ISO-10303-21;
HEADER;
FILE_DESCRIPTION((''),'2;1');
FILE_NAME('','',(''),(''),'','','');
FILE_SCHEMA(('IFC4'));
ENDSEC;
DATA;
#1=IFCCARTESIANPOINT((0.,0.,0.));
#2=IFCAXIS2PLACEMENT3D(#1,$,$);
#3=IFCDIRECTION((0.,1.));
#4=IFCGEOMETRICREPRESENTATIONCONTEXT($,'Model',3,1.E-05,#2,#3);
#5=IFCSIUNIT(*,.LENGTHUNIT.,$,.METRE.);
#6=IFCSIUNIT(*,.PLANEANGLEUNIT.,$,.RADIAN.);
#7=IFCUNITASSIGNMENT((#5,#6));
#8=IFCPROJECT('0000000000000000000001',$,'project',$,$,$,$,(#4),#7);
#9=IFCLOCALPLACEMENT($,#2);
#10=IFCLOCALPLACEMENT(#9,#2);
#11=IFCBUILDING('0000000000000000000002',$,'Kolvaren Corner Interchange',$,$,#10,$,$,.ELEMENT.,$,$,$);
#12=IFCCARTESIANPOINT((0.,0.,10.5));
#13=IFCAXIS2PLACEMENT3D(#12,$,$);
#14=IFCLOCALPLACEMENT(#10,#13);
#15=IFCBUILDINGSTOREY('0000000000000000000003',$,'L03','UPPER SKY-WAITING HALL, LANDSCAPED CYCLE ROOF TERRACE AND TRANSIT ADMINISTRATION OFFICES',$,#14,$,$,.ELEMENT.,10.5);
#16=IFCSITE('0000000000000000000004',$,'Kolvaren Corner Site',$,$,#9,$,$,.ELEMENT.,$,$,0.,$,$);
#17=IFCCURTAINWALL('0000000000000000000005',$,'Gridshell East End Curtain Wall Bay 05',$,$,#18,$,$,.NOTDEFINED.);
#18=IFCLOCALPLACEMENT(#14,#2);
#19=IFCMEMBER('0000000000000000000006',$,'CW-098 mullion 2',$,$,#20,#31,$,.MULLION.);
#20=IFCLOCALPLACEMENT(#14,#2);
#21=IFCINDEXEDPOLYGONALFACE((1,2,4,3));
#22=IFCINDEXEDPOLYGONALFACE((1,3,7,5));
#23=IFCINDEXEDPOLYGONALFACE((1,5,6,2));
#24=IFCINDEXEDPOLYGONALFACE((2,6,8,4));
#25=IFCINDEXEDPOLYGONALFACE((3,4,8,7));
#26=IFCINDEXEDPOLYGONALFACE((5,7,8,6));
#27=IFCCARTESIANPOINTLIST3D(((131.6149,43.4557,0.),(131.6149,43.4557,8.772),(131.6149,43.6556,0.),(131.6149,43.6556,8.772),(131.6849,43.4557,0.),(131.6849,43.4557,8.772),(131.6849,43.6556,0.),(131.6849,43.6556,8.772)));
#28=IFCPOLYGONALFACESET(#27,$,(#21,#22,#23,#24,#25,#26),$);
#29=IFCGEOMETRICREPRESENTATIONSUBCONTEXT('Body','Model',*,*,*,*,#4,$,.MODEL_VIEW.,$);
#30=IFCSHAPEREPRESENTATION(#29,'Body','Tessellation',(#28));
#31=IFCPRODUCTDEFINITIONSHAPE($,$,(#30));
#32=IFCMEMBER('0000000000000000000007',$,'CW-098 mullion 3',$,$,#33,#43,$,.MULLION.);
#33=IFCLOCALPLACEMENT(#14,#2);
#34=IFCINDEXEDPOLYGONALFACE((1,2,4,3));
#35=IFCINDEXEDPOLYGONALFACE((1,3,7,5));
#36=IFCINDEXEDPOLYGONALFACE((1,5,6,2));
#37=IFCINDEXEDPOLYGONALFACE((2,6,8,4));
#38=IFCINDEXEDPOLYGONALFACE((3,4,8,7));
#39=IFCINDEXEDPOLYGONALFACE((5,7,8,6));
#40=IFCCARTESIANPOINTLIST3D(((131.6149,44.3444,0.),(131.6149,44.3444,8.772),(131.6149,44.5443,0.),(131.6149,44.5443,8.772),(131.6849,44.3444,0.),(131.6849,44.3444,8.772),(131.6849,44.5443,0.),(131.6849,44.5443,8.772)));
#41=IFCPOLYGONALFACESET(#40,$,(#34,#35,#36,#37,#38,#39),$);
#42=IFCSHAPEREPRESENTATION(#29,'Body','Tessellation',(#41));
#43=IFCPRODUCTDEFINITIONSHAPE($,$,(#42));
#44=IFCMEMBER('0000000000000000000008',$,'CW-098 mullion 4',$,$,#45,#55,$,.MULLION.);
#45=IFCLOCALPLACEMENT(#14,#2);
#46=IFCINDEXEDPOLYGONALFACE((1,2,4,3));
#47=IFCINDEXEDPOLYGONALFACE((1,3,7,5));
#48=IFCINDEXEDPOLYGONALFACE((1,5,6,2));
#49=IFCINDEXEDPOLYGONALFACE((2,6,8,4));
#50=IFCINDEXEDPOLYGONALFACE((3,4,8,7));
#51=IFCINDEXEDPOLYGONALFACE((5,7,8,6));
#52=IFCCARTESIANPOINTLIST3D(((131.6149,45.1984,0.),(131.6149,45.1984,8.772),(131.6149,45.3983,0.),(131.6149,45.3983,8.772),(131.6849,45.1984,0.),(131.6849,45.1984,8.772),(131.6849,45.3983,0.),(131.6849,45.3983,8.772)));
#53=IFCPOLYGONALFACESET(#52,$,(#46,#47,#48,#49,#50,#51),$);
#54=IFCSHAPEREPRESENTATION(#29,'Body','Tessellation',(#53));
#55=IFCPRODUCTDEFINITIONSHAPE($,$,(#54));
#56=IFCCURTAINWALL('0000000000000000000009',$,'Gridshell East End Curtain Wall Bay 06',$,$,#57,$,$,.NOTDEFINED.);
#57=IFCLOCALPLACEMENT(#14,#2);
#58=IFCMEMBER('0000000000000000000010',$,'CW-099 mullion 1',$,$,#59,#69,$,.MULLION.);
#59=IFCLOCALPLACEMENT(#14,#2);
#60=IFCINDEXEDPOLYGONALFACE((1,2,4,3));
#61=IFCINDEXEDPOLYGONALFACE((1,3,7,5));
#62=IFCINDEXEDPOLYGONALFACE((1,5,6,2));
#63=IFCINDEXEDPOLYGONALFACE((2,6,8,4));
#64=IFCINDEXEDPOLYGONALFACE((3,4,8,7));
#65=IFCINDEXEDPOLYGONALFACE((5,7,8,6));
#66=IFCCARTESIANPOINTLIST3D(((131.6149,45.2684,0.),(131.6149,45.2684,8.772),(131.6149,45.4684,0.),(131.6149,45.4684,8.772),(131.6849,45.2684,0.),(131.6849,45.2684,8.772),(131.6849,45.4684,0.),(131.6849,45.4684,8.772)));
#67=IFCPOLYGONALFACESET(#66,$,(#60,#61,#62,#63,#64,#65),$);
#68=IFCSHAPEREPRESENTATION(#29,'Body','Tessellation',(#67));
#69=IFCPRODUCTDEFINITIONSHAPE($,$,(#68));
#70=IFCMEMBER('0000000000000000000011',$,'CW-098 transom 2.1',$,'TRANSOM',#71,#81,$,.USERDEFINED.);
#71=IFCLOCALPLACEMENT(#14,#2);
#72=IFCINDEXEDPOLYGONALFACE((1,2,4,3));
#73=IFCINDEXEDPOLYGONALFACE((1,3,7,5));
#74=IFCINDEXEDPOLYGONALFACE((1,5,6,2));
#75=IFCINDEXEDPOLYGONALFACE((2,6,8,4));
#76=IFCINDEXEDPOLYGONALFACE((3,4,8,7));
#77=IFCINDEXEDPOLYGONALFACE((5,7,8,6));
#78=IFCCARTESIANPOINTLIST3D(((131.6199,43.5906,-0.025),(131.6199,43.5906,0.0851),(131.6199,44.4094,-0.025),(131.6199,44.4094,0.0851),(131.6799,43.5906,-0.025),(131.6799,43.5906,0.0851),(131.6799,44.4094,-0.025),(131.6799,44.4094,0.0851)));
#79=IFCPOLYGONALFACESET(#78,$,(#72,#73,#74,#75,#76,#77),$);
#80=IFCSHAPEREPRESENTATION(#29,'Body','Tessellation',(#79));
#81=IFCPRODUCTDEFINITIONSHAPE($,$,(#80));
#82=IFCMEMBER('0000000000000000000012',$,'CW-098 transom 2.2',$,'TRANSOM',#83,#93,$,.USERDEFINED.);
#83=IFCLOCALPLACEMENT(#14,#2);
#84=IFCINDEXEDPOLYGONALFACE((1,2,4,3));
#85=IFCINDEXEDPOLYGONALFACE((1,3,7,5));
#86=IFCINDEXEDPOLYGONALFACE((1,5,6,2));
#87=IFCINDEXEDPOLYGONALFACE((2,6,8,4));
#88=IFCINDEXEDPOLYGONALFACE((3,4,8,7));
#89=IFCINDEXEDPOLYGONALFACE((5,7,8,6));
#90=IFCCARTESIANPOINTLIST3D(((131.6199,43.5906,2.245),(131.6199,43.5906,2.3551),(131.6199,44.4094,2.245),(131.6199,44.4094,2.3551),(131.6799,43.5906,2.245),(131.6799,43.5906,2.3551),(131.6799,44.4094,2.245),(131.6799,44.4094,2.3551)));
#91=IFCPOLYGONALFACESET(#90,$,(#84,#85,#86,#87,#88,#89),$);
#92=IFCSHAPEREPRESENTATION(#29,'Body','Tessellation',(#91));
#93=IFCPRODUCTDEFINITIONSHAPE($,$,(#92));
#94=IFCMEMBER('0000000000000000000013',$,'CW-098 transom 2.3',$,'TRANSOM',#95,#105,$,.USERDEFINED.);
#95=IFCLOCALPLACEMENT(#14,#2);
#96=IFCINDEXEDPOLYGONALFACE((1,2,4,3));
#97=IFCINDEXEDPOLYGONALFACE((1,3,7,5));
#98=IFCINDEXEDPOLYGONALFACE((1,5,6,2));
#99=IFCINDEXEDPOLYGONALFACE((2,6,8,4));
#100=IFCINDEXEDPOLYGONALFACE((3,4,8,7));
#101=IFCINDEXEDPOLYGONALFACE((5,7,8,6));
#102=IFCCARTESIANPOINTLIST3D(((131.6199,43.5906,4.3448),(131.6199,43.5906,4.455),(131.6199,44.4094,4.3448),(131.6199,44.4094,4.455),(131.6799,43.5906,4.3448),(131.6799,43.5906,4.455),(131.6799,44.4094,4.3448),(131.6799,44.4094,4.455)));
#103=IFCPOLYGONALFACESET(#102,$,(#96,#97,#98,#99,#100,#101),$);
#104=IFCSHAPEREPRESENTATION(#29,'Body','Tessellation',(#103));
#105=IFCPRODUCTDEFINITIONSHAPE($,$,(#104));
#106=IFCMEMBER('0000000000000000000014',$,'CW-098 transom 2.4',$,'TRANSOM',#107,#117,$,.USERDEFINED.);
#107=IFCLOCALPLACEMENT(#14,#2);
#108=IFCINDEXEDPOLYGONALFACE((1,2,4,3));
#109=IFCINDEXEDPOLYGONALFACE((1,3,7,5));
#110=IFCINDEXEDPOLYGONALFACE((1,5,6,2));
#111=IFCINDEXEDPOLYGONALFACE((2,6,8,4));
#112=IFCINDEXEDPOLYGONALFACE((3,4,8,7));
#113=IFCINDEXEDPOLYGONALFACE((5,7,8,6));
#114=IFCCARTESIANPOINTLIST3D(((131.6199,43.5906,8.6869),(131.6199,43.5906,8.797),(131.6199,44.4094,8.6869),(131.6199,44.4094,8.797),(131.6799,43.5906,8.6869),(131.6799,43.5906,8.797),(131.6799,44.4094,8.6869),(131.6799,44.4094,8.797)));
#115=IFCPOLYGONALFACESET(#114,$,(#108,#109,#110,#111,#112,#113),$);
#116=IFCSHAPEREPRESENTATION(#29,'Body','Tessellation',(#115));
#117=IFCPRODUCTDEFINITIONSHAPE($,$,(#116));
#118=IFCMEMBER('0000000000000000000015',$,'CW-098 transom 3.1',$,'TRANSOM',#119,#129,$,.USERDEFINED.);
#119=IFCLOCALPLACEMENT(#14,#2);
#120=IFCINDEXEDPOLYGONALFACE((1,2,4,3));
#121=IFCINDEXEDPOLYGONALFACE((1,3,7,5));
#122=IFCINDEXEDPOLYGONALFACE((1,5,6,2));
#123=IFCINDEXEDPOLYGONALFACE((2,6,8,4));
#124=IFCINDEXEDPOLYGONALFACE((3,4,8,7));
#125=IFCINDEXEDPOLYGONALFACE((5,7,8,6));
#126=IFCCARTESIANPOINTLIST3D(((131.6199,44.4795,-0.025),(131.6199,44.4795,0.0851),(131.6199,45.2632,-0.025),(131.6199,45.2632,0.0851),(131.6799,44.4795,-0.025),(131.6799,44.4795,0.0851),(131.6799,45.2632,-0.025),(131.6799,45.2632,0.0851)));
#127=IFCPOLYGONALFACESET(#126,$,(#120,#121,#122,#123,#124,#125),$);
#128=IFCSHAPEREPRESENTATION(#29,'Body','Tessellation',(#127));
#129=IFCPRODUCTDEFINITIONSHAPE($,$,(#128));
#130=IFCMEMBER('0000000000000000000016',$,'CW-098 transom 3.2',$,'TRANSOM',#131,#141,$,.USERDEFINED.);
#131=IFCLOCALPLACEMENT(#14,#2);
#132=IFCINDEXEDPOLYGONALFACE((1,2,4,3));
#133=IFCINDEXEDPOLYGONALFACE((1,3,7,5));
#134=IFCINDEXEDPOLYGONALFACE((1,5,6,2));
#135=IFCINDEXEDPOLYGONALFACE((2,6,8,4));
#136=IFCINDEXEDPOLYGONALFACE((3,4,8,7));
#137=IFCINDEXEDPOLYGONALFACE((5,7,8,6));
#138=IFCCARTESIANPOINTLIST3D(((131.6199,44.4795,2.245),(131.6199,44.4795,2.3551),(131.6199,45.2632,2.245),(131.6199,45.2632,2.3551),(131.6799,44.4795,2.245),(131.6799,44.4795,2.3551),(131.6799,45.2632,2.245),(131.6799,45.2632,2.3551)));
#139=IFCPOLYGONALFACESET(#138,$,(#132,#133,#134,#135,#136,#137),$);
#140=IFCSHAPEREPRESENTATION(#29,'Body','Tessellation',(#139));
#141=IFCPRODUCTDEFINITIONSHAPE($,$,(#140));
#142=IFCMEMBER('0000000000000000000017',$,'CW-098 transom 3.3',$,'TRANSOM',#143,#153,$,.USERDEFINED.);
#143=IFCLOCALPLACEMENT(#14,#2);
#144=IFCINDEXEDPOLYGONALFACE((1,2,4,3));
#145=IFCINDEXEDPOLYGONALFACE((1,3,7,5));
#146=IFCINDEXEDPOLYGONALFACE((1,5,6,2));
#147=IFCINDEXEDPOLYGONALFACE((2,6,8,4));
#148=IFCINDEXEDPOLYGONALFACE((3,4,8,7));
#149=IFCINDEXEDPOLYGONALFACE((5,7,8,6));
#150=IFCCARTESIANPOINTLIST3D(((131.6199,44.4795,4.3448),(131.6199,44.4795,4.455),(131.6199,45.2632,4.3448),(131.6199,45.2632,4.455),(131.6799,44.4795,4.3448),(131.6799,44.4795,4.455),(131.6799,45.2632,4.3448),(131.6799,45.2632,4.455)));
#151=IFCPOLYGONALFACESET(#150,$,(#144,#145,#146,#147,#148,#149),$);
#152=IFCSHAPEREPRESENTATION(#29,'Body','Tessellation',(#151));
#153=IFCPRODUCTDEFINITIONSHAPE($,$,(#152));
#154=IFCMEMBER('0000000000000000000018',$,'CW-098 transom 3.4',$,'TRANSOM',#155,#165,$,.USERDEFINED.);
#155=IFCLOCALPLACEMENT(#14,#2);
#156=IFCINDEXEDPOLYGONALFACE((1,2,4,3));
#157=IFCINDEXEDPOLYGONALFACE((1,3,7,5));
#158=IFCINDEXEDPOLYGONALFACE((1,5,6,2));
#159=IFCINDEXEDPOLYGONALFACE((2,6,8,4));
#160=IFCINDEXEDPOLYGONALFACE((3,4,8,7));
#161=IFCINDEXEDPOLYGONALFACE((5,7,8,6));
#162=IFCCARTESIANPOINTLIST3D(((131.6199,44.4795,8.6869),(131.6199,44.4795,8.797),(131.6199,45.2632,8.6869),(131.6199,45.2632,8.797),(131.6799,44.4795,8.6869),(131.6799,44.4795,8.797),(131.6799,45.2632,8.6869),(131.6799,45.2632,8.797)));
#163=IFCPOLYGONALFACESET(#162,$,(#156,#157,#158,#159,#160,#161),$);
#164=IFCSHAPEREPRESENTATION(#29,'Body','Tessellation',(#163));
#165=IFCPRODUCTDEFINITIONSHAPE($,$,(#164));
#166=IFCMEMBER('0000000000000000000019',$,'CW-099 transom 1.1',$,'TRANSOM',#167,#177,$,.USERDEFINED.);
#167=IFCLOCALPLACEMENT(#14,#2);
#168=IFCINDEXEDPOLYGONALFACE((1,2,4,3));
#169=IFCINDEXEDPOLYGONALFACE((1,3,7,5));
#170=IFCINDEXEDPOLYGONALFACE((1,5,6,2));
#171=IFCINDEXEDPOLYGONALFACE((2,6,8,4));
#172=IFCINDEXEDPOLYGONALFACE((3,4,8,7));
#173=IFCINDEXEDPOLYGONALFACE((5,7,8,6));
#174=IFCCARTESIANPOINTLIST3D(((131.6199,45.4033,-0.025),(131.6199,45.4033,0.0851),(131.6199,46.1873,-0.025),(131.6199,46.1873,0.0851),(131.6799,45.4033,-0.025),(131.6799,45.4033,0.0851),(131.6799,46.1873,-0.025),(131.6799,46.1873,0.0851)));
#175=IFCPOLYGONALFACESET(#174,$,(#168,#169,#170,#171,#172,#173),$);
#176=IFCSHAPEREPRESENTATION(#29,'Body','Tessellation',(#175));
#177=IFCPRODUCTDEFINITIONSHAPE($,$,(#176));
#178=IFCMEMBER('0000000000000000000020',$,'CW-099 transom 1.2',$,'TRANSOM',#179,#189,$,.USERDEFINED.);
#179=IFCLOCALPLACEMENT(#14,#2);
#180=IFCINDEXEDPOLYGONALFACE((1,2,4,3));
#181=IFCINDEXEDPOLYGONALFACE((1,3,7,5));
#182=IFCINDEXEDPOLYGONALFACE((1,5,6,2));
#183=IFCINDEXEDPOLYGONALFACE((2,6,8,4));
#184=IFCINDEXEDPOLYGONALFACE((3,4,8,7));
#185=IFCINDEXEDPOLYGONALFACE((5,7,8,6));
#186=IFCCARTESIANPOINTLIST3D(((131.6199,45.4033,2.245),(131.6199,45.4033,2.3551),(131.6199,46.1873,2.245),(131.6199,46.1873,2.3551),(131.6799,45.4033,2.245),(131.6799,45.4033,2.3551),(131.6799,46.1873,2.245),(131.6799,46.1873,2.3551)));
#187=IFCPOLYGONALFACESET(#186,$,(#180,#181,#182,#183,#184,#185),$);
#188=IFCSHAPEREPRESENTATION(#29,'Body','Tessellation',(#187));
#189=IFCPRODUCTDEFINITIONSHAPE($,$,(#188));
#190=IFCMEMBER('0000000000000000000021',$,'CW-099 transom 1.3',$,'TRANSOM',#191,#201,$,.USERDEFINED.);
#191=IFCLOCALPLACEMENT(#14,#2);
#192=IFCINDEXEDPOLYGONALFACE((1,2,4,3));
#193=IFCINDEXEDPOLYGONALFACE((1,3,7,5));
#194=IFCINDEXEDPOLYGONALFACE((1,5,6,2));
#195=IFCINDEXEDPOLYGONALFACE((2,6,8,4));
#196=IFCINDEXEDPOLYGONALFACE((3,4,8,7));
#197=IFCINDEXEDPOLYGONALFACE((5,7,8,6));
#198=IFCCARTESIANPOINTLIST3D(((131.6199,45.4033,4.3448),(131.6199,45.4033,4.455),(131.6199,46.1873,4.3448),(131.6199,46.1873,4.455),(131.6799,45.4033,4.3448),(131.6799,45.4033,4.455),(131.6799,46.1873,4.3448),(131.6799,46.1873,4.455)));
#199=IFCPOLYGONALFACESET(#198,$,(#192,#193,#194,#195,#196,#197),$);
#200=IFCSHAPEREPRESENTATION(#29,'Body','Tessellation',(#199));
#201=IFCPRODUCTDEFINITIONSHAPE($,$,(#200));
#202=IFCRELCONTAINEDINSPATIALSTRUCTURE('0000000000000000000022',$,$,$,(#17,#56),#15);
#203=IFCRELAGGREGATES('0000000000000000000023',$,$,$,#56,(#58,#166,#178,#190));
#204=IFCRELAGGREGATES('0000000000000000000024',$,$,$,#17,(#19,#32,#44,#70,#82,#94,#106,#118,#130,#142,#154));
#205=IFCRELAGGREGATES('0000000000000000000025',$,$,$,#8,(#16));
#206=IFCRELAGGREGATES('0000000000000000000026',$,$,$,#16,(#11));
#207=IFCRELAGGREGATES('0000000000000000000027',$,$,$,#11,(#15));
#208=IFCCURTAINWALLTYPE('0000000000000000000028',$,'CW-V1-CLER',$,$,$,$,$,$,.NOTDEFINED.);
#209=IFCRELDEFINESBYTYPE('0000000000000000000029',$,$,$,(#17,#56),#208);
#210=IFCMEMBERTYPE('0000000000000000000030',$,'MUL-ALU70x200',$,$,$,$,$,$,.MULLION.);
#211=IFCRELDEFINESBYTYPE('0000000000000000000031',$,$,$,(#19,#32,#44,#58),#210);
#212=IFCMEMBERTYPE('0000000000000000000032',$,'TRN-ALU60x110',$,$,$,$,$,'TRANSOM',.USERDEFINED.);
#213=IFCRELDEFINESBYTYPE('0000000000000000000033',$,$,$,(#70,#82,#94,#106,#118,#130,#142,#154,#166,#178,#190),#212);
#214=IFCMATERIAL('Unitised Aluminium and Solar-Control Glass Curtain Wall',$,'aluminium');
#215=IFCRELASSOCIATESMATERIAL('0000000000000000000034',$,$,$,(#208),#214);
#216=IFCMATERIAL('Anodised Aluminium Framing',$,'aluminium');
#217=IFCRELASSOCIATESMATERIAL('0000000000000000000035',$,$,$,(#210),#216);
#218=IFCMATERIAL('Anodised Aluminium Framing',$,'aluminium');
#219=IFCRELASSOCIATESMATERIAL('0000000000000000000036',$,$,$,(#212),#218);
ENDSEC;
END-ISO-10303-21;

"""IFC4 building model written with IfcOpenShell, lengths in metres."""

from ifc_helpers import new_model, si_unit, direction, frame, origin, origin_2d, place, context, subcontext, project, spatial, rectangle, extrude, material, material_profile, profile_set, type_object, element, aggregate, save


model = new_model("IFC4")

# Units and contexts
model_context = context("Model", 3, precision=1e-05, world=origin(), true_north=direction((0.0, 1.0)))
body_context = subcontext(model_context, "Body", "Model", "MODEL_VIEW")
ifc_project = project(units=[si_unit("LENGTHUNIT", "METRE"), si_unit("PLANEANGLEUNIT", "RADIAN")], contexts=[model_context])

# Site, building, storey
site_placement = place(None, origin())
site = spatial("IfcSite", under=ifc_project, at=site_placement, Name="Kolvaren Corner Site", CompositionType="ELEMENT", RefElevation=0.0)
building_placement = place(site_placement, origin())
building = spatial("IfcBuilding", under=site, at=building_placement, Name="Kolvaren Corner Interchange", CompositionType="ELEMENT")
storey_placement = place(building_placement, frame((0.0, 0.0, 10.5)))
storey = spatial("IfcBuildingStorey", under=building, at=storey_placement, Name="L03", Description="UPPER SKY-WAITING HALL, LANDSCAPED CYCLE ROOF TERRACE AND TRANSIT ADMINISTRATION OFFICES", CompositionType="ELEMENT", Elevation=10.5)

# Curtain wall, members
ifc_material_1 = material(Name="Unitised Aluminium and Solar-Control Glass Curtain Wall", Category="aluminium")
curtain_wall_type = type_object("IfcCurtainWallType", Name="CW-V1-CLER", PredefinedType="NOTDEFINED", material=ifc_material_1)
curtain_wall_1_placement = place(storey_placement, origin())
curtain_wall_1 = element("IfcCurtainWall", 1, at=curtain_wall_1_placement, inside=storey, type_object=curtain_wall_type, Name="Gridshell East End Curtain Wall Bay 05", PredefinedType="NOTDEFINED")
ifc_material_2 = material(Name="Anodised Aluminium Framing", Category="aluminium")
ifc_material_profile_1 = material_profile(ifc_material_2, rectangle(XDim=0.0701, YDim=0.2, at=origin_2d()), Name="ALU 70x200")
ifc_profile_set_1 = profile_set([ifc_material_profile_1], Name="Anodised Aluminium Framing")
member_type_1 = type_object("IfcMemberType", Name="MUL-ALU70x200", PredefinedType="MULLION", material=ifc_profile_set_1)
member_1_placement = place(storey_placement, frame((131.6499, 43.5557, 0.0), z_axis=(0.0, 0.0, 1.0), x_axis=(-1.0, 0.0, 0.0)))
member_1 = element("IfcMember", 2, at=member_1_placement, type_object=member_type_1, Name="CW-098 mullion 2", PredefinedType="MULLION", context=body_context, shape_type="SweptSolid", body=[
    extrude(rectangle(XDim=0.0701, YDim=0.2, at=origin_2d()), origin(), (0.0, 0.0, 1.0), 8.772),
])
member_2_placement = place(storey_placement, frame((131.6499, 44.4443, 0.0), z_axis=(0.0, 0.0, 1.0), x_axis=(-1.0, 0.0, 0.0)))
member_2 = element("IfcMember", 3, at=member_2_placement, type_object=member_type_1, Name="CW-098 mullion 3", PredefinedType="MULLION", context=body_context, shape_type="SweptSolid", body=[
    extrude(rectangle(XDim=0.0701, YDim=0.2, at=origin_2d()), origin(), (0.0, 0.0, 1.0), 8.772),
])
member_3_placement = place(storey_placement, frame((131.6499, 45.2983, 0.0), z_axis=(0.0, 0.0, 1.0), x_axis=(-1.0, 0.0, 0.0)))
member_3 = element("IfcMember", 4, at=member_3_placement, type_object=member_type_1, Name="CW-098 mullion 4", PredefinedType="MULLION", context=body_context, shape_type="SweptSolid", body=[
    extrude(rectangle(XDim=0.0701, YDim=0.2, at=origin_2d()), origin(), (0.0, 0.0, 1.0), 8.772),
])

# Curtain wall, member
curtain_wall_2_placement = place(storey_placement, origin())
curtain_wall_2 = element("IfcCurtainWall", 5, at=curtain_wall_2_placement, inside=storey, type_object=curtain_wall_type, Name="Gridshell East End Curtain Wall Bay 06", PredefinedType="NOTDEFINED")
member_4_placement = place(storey_placement, frame((131.6499, 45.3684, 0.0), z_axis=(0.0, 0.0, 1.0), x_axis=(-1.0, 0.0, 0.0)))
member_4 = element("IfcMember", 6, at=member_4_placement, type_object=member_type_1, Name="CW-099 mullion 1", PredefinedType="MULLION", context=body_context, shape_type="SweptSolid", body=[
    extrude(rectangle(XDim=0.0701, YDim=0.2, at=origin_2d()), origin(), (0.0, 0.0, 1.0), 8.772),
])

# Members
ifc_material_3 = material(Name="Anodised Aluminium Framing", Category="aluminium")
ifc_material_profile_2 = material_profile(ifc_material_3, rectangle(XDim=0.0601, YDim=0.1101, at=origin_2d()), Name="ALU 60x110")
ifc_profile_set_2 = profile_set([ifc_material_profile_2], Name="Anodised Aluminium Framing")
member_type_2 = type_object("IfcMemberType", Name="TRN-ALU60x110", ElementType="TRANSOM", PredefinedType="USERDEFINED", material=ifc_profile_set_2)
member_5_placement = place(storey_placement, frame((131.6499, 43.5906, 0.03), z_axis=(0.0, 1.0, 0.0), x_axis=(-1.0, 0.0, 0.0)))
member_5 = element("IfcMember", 7, at=member_5_placement, type_object=member_type_2, Name="CW-098 transom 2.1", ObjectType="TRANSOM", PredefinedType="USERDEFINED", context=body_context, shape_type="SweptSolid", body=[
    extrude(rectangle(XDim=0.0601, YDim=0.1101, at=origin_2d()), origin(), (0.0, 0.0, 1.0), 0.8188),
])
member_6_placement = place(storey_placement, frame((131.6499, 43.5906, 2.3), z_axis=(0.0, 1.0, 0.0), x_axis=(-1.0, 0.0, 0.0)))
member_6 = element("IfcMember", 8, at=member_6_placement, type_object=member_type_2, Name="CW-098 transom 2.2", ObjectType="TRANSOM", PredefinedType="USERDEFINED", context=body_context, shape_type="SweptSolid", body=[
    extrude(rectangle(XDim=0.0601, YDim=0.1101, at=origin_2d()), origin(), (0.0, 0.0, 1.0), 0.8188),
])
member_7_placement = place(storey_placement, frame((131.6499, 43.5906, 4.3999), z_axis=(0.0, 1.0, 0.0), x_axis=(-1.0, 0.0, 0.0)))
member_7 = element("IfcMember", 9, at=member_7_placement, type_object=member_type_2, Name="CW-098 transom 2.3", ObjectType="TRANSOM", PredefinedType="USERDEFINED", context=body_context, shape_type="SweptSolid", body=[
    extrude(rectangle(XDim=0.0601, YDim=0.1101, at=origin_2d()), origin(), (0.0, 0.0, 1.0), 0.8188),
])
member_8_placement = place(storey_placement, frame((131.6499, 43.5906, 8.7419), z_axis=(0.0, 1.0, 0.0), x_axis=(-1.0, 0.0, 0.0)))
member_8 = element("IfcMember", 10, at=member_8_placement, type_object=member_type_2, Name="CW-098 transom 2.4", ObjectType="TRANSOM", PredefinedType="USERDEFINED", context=body_context, shape_type="SweptSolid", body=[
    extrude(rectangle(XDim=0.0601, YDim=0.1101, at=origin_2d()), origin(), (0.0, 0.0, 1.0), 0.8188),
])
member_9_placement = place(storey_placement, frame((131.6499, 44.4795, 0.03), z_axis=(0.0, 1.0, 0.0), x_axis=(-1.0, 0.0, 0.0)))
member_9 = element("IfcMember", 11, at=member_9_placement, type_object=member_type_2, Name="CW-098 transom 3.1", ObjectType="TRANSOM", PredefinedType="USERDEFINED", context=body_context, shape_type="SweptSolid", body=[
    extrude(rectangle(XDim=0.0601, YDim=0.1101, at=origin_2d()), origin(), (0.0, 0.0, 1.0), 0.7837),
])
member_10_placement = place(storey_placement, frame((131.6499, 44.4795, 2.3), z_axis=(0.0, 1.0, 0.0), x_axis=(-1.0, 0.0, 0.0)))
member_10 = element("IfcMember", 12, at=member_10_placement, type_object=member_type_2, Name="CW-098 transom 3.2", ObjectType="TRANSOM", PredefinedType="USERDEFINED", context=body_context, shape_type="SweptSolid", body=[
    extrude(rectangle(XDim=0.0601, YDim=0.1101, at=origin_2d()), origin(), (0.0, 0.0, 1.0), 0.7837),
])
member_11_placement = place(storey_placement, frame((131.6499, 44.4795, 4.3999), z_axis=(0.0, 1.0, 0.0), x_axis=(-1.0, 0.0, 0.0)))
member_11 = element("IfcMember", 13, at=member_11_placement, type_object=member_type_2, Name="CW-098 transom 3.3", ObjectType="TRANSOM", PredefinedType="USERDEFINED", context=body_context, shape_type="SweptSolid", body=[
    extrude(rectangle(XDim=0.0601, YDim=0.1101, at=origin_2d()), origin(), (0.0, 0.0, 1.0), 0.7837),
])
member_12_placement = place(storey_placement, frame((131.6499, 44.4795, 8.7419), z_axis=(0.0, 1.0, 0.0), x_axis=(-1.0, 0.0, 0.0)))
member_12 = element("IfcMember", 14, at=member_12_placement, type_object=member_type_2, Name="CW-098 transom 3.4", ObjectType="TRANSOM", PredefinedType="USERDEFINED", context=body_context, shape_type="SweptSolid", body=[
    extrude(rectangle(XDim=0.0601, YDim=0.1101, at=origin_2d()), origin(), (0.0, 0.0, 1.0), 0.7837),
])
member_13_placement = place(storey_placement, frame((131.6499, 45.4033, 0.03), z_axis=(0.0, 1.0, 0.0), x_axis=(-1.0, 0.0, 0.0)))
member_13 = element("IfcMember", 15, at=member_13_placement, type_object=member_type_2, Name="CW-099 transom 1.1", ObjectType="TRANSOM", PredefinedType="USERDEFINED", context=body_context, shape_type="SweptSolid", body=[
    extrude(rectangle(XDim=0.0601, YDim=0.1101, at=origin_2d()), origin(), (0.0, 0.0, 1.0), 0.7839),
])
member_14_placement = place(storey_placement, frame((131.6499, 45.4033, 2.3), z_axis=(0.0, 1.0, 0.0), x_axis=(-1.0, 0.0, 0.0)))
member_14 = element("IfcMember", 16, at=member_14_placement, type_object=member_type_2, Name="CW-099 transom 1.2", ObjectType="TRANSOM", PredefinedType="USERDEFINED", context=body_context, shape_type="SweptSolid", body=[
    extrude(rectangle(XDim=0.0601, YDim=0.1101, at=origin_2d()), origin(), (0.0, 0.0, 1.0), 0.7839),
])
member_15_placement = place(storey_placement, frame((131.6499, 45.4033, 4.3999), z_axis=(0.0, 1.0, 0.0), x_axis=(-1.0, 0.0, 0.0)))
member_15 = element("IfcMember", 17, at=member_15_placement, type_object=member_type_2, Name="CW-099 transom 1.3", ObjectType="TRANSOM", PredefinedType="USERDEFINED", context=body_context, shape_type="SweptSolid", body=[
    extrude(rectangle(XDim=0.0601, YDim=0.1101, at=origin_2d()), origin(), (0.0, 0.0, 1.0), 0.7839),
])
aggregate(curtain_wall_2, [member_4, member_13, member_14, member_15])

aggregate(curtain_wall_1, [member_1, member_2, member_3, member_5, member_6, member_7, member_8, member_9, member_10, member_11, member_12])

save(model, "model.ifc")
